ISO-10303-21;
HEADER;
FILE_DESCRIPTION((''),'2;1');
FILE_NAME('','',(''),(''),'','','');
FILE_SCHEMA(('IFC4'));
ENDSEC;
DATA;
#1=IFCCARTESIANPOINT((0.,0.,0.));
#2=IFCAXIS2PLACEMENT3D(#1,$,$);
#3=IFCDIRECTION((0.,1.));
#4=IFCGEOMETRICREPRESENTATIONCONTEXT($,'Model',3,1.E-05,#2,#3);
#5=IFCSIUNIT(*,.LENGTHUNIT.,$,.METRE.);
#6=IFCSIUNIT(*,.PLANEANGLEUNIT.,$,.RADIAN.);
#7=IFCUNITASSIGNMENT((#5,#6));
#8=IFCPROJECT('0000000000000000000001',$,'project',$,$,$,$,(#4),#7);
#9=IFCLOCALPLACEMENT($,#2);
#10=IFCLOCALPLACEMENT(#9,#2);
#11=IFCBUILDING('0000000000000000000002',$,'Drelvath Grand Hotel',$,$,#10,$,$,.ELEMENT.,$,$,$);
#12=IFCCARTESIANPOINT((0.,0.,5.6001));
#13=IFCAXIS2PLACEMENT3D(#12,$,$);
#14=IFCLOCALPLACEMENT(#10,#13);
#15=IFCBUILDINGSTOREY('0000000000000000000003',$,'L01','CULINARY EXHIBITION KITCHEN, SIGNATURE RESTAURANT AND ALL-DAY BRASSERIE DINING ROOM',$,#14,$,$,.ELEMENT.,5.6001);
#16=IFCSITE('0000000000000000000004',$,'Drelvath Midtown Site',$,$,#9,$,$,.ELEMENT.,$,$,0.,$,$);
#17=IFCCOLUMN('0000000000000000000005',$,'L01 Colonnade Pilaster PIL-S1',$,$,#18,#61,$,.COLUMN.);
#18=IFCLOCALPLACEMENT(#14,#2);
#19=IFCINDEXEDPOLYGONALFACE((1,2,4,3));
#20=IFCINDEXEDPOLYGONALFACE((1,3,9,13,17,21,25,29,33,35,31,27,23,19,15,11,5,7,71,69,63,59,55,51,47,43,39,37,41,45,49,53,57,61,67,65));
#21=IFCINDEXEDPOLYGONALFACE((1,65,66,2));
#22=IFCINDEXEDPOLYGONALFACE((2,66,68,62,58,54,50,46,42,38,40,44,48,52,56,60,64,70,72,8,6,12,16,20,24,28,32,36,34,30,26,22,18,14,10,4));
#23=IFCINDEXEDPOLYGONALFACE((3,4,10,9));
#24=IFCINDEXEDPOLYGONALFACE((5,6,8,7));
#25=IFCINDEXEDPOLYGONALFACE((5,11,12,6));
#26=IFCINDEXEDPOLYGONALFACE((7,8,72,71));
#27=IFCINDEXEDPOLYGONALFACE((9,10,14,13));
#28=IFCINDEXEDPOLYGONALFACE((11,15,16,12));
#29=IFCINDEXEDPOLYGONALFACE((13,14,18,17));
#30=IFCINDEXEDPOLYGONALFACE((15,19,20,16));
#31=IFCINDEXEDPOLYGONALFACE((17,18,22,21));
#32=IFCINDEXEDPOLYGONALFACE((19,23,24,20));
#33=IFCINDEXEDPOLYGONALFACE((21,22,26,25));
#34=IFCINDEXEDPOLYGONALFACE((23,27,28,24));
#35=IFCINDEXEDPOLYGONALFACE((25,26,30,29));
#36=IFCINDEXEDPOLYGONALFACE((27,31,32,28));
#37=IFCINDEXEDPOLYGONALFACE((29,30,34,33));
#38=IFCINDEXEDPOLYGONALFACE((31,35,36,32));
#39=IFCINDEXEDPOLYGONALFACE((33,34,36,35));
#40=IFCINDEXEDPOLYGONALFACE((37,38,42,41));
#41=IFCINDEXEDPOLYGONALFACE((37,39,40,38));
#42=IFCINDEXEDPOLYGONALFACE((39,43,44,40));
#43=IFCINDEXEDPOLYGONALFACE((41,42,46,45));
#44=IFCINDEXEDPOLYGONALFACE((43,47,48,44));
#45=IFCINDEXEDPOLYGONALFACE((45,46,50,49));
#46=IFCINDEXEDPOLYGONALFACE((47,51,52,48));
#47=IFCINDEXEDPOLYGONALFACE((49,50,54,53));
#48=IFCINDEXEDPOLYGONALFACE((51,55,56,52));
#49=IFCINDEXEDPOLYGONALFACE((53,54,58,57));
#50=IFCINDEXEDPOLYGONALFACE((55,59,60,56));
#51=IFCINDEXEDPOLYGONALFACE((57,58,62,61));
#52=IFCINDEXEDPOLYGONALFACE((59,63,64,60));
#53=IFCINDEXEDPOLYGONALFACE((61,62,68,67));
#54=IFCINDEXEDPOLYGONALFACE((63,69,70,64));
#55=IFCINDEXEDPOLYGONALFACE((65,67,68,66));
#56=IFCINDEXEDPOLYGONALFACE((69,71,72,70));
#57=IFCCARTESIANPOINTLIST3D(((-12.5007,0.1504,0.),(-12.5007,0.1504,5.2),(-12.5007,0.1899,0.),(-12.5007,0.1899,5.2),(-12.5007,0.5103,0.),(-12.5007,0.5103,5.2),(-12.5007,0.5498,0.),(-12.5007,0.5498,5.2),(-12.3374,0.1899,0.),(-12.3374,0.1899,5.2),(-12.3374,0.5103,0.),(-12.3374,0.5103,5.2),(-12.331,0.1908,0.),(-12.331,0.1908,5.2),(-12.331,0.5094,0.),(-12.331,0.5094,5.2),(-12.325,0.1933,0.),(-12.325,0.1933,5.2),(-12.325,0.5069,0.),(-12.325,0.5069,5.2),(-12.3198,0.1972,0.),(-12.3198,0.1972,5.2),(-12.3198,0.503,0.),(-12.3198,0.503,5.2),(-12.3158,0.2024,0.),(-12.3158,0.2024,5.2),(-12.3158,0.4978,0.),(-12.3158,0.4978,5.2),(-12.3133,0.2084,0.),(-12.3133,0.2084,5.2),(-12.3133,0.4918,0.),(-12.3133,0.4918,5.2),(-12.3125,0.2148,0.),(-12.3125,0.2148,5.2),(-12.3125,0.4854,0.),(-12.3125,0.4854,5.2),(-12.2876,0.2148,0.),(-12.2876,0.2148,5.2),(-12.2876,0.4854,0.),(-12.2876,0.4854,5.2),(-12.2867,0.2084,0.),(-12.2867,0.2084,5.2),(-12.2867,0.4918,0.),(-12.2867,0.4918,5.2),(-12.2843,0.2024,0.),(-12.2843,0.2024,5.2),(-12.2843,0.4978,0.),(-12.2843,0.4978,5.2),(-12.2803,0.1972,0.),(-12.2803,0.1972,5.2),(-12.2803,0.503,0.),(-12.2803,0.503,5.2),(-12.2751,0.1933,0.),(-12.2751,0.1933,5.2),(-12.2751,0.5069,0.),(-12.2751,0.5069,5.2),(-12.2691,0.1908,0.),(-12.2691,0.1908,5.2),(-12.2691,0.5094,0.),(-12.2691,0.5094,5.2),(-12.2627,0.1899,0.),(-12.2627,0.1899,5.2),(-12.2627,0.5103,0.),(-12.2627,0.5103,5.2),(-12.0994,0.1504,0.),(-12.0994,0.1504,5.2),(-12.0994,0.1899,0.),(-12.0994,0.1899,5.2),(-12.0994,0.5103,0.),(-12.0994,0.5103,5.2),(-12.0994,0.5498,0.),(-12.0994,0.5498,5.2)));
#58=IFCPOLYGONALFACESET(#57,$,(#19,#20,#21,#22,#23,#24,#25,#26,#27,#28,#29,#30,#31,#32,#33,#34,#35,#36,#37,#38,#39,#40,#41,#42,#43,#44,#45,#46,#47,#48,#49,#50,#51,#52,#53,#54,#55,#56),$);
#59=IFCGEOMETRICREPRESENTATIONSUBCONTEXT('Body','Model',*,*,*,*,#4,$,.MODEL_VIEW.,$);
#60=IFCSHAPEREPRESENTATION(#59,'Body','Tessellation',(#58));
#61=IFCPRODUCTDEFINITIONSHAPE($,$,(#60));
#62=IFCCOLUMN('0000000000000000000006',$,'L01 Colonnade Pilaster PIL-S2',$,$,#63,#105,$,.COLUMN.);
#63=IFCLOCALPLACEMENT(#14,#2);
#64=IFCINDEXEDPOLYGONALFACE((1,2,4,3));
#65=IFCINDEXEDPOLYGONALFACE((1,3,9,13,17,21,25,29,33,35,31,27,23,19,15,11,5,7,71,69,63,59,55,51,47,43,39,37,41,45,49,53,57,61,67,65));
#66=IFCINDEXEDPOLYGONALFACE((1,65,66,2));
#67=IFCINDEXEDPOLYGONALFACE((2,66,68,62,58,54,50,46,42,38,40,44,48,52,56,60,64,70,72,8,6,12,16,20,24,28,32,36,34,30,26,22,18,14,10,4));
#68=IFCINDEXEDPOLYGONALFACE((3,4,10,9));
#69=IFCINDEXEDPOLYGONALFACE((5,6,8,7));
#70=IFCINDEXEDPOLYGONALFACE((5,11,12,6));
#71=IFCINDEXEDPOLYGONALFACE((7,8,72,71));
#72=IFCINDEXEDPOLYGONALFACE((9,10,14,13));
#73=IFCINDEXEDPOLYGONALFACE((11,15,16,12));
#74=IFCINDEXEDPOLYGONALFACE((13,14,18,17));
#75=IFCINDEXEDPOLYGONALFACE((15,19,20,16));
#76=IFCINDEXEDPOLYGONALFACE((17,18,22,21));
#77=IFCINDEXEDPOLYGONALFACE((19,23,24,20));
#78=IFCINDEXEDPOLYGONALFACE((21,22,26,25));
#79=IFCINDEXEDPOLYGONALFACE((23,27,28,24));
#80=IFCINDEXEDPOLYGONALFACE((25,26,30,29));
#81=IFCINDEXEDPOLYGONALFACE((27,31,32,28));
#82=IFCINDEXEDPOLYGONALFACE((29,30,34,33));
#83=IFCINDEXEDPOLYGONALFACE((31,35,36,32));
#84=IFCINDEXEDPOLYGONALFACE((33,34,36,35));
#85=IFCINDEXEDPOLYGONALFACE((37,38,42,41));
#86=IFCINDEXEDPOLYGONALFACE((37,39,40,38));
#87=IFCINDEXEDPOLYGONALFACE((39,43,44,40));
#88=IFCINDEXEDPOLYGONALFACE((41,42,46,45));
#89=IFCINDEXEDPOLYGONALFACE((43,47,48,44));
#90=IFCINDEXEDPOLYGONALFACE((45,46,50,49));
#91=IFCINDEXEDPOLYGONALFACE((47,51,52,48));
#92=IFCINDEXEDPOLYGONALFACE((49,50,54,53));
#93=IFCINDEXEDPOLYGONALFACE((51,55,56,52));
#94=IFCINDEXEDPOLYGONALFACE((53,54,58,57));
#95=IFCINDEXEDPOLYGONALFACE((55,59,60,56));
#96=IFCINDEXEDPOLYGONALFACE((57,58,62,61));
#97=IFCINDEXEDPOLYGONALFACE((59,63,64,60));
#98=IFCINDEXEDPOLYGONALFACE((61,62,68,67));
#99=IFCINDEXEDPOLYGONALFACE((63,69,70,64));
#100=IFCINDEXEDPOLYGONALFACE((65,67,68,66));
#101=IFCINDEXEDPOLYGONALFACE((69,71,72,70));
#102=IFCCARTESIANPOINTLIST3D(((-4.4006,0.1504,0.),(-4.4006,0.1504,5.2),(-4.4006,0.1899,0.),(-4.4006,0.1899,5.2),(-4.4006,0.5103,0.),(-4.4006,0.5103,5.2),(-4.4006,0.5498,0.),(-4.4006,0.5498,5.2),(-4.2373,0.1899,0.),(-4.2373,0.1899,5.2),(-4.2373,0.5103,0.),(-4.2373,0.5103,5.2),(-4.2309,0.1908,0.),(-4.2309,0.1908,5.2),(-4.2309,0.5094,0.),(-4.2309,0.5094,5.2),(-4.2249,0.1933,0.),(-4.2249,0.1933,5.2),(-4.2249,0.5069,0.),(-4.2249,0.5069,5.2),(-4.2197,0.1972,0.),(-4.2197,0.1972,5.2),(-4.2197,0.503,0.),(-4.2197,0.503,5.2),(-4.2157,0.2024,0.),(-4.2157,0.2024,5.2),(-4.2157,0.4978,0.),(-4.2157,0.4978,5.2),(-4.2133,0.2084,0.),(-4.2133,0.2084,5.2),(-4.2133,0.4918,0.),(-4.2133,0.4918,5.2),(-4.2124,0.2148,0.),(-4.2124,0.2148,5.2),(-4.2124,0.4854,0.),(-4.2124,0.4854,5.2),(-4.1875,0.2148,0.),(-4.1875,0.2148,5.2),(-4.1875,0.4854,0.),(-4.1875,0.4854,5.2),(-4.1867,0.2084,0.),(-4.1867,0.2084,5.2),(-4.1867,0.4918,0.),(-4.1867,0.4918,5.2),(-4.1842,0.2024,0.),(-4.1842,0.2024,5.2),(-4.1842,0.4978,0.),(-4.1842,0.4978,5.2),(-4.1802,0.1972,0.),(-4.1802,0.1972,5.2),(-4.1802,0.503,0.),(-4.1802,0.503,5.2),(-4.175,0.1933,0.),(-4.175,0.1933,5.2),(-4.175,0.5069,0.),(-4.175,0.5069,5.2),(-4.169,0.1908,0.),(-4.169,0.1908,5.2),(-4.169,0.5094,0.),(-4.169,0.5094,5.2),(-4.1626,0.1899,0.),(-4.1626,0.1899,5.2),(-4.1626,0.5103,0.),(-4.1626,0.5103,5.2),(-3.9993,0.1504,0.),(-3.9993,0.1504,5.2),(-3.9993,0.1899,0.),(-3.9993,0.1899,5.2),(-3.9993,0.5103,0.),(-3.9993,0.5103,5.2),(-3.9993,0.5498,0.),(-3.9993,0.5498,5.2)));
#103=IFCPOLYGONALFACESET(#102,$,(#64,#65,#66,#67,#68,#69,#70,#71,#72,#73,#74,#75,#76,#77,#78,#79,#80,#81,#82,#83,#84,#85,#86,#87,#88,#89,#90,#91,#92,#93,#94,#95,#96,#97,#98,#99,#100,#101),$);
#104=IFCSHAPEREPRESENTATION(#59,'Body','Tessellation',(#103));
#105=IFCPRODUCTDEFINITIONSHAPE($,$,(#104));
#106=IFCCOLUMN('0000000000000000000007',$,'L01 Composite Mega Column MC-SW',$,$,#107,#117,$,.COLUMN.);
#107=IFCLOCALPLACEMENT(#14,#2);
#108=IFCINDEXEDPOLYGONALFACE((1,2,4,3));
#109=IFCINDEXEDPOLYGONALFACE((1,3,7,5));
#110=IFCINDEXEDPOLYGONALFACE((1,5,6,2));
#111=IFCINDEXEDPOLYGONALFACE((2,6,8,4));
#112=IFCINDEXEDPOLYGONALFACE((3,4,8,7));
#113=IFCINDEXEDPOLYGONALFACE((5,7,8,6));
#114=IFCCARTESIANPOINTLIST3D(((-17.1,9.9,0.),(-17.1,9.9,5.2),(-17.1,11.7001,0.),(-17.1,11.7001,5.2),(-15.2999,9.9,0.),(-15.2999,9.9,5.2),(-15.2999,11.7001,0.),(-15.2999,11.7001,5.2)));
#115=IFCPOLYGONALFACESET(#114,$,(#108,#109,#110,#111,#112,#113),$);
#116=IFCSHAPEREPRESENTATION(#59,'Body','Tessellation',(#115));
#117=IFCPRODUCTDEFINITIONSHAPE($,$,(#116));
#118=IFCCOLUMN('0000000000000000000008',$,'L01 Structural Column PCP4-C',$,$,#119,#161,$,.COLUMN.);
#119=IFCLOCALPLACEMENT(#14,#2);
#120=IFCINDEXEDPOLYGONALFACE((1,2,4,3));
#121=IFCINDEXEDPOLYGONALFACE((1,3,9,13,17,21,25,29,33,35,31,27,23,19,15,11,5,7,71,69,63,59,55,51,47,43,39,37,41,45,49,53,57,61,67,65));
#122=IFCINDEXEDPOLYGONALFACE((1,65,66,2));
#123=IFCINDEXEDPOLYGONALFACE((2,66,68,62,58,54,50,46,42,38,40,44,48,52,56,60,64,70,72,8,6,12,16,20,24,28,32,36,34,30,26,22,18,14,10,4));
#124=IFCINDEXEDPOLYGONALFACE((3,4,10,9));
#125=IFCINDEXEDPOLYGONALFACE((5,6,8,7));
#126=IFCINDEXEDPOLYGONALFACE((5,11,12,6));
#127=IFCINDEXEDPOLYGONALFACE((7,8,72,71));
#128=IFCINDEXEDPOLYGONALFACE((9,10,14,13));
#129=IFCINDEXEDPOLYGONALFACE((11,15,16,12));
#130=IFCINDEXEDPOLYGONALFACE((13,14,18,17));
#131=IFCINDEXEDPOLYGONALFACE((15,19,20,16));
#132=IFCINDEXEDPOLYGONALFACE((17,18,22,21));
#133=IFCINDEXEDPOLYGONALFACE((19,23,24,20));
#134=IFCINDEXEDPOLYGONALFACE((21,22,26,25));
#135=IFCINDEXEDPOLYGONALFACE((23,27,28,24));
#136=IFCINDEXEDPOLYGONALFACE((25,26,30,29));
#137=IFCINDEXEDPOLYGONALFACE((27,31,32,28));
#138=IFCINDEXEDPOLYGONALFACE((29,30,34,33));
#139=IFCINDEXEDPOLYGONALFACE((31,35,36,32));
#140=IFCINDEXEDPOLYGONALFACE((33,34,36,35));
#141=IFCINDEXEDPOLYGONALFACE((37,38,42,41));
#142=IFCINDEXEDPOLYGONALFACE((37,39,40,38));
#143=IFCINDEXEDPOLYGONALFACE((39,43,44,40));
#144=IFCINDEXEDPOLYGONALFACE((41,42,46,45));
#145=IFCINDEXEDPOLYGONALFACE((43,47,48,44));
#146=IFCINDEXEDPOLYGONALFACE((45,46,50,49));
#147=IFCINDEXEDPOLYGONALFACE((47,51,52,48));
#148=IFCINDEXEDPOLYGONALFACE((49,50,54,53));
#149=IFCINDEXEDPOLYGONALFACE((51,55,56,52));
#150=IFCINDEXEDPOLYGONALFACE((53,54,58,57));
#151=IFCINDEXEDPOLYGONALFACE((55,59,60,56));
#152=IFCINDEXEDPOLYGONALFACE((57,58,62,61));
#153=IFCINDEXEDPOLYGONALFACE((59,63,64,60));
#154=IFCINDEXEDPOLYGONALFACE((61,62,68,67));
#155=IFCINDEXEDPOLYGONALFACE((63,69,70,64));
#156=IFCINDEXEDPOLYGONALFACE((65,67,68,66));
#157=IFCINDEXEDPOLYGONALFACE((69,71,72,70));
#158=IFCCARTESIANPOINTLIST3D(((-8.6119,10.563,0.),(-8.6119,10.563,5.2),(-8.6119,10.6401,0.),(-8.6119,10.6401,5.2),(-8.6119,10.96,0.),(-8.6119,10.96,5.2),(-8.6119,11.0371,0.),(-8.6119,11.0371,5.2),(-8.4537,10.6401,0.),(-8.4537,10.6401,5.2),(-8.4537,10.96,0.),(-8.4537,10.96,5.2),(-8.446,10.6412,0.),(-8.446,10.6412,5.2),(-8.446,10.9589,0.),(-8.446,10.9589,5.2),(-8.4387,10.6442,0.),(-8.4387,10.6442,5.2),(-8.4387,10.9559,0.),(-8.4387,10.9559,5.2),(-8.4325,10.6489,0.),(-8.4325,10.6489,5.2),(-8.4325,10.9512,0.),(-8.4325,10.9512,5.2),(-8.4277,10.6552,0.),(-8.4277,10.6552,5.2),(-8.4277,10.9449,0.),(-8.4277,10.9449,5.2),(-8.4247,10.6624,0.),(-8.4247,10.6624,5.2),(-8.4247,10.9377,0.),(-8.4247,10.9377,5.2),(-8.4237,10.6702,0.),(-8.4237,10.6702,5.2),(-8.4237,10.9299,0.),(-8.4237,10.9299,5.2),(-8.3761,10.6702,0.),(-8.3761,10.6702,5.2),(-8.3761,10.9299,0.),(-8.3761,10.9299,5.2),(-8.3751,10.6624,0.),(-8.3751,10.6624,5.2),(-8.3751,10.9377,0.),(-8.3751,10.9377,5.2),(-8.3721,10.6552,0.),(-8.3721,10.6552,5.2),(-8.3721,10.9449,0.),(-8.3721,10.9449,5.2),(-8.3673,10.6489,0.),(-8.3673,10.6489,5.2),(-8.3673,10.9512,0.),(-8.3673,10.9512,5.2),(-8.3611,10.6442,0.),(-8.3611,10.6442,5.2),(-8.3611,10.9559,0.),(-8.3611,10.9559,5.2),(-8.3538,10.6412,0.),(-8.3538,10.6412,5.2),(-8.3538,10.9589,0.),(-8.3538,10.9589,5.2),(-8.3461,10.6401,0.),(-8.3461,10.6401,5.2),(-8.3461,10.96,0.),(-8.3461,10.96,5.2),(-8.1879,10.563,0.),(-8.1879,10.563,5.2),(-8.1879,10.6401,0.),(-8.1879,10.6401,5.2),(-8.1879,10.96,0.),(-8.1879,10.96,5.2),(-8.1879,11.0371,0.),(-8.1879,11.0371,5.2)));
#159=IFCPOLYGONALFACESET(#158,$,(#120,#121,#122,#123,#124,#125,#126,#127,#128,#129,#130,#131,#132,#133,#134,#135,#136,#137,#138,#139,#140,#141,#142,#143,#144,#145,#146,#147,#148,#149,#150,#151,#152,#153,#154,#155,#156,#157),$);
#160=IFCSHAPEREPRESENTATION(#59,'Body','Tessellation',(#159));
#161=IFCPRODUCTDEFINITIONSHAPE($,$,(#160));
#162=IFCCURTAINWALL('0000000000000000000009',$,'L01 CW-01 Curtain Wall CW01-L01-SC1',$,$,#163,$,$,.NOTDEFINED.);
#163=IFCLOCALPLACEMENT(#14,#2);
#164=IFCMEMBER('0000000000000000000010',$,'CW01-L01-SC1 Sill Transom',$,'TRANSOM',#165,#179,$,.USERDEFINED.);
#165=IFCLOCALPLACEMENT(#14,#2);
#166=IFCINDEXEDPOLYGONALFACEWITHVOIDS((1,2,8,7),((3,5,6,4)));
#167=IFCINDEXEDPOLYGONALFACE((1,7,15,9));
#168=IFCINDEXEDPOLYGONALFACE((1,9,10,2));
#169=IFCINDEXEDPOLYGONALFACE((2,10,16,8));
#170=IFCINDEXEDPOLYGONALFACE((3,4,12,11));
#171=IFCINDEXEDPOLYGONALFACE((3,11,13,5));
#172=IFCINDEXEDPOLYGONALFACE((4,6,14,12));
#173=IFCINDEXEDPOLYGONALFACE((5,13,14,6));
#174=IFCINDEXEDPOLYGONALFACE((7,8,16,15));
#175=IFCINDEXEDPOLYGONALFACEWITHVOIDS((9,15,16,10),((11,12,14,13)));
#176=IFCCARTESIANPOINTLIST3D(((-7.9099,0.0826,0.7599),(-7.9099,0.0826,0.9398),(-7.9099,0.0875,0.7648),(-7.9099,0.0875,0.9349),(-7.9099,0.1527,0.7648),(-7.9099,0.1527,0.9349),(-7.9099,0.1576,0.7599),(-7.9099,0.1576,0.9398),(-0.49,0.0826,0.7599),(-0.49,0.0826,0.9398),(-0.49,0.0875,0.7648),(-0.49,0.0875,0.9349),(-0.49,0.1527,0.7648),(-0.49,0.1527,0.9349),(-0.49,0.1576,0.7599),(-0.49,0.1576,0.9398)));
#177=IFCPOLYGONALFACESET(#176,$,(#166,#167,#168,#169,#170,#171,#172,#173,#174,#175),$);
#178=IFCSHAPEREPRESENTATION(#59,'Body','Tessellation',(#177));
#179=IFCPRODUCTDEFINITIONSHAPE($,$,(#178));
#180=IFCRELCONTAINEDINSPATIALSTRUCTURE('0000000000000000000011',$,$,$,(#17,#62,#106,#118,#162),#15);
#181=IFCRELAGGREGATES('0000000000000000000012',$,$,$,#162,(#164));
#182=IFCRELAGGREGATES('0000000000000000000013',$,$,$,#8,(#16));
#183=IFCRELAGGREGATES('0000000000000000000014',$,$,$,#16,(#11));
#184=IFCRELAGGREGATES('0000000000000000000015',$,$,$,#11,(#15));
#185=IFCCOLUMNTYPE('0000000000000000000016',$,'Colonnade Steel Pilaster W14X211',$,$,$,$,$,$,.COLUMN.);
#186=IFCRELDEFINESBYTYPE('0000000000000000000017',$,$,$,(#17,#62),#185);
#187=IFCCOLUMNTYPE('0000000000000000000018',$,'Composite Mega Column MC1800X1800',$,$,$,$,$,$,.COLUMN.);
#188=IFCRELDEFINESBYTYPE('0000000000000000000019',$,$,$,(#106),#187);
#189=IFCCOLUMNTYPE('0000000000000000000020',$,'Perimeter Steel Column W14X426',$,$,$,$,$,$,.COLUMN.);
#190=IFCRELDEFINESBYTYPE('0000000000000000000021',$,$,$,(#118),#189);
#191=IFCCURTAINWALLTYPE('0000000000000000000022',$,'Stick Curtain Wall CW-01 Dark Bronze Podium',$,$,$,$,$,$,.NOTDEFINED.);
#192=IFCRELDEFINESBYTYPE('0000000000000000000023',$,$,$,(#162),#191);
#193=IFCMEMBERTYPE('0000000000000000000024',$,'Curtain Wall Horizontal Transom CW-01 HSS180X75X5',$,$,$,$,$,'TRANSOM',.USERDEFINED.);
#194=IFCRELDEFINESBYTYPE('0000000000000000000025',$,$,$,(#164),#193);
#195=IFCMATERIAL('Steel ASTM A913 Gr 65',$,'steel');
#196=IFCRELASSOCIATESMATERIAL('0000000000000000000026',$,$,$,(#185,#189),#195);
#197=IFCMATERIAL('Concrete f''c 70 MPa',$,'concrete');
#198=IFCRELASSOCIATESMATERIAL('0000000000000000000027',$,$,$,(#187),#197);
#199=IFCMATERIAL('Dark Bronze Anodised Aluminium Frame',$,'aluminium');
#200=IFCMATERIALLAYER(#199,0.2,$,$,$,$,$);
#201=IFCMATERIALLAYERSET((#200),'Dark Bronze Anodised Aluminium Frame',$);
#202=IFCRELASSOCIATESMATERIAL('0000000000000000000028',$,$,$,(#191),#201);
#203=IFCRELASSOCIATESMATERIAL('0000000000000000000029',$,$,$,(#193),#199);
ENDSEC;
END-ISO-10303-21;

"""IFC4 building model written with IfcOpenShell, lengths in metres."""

from ifc_helpers import new_model, si_unit, direction, frame, origin, origin_2d, place, context, subcontext, project, spatial, rectangle, hollow_rectangle, i_section, extrude, material, layer, layer_set, material_profile, profile_set, type_object, element, aggregate, save


model = new_model("IFC4")

# Units and contexts
model_context = context("Model", 3, precision=1e-05, world=origin(), true_north=direction((0.0, 1.0)))
body_context = subcontext(model_context, "Body", "Model", "MODEL_VIEW")
ifc_project = project(units=[si_unit("LENGTHUNIT", "METRE"), si_unit("PLANEANGLEUNIT", "RADIAN")], contexts=[model_context])

# Site, building, storey
site_placement = place(None, origin())
site = spatial("IfcSite", under=ifc_project, at=site_placement, Name="Drelvath Midtown Site", CompositionType="ELEMENT", RefElevation=0.0)
building_placement = place(site_placement, origin())
building = spatial("IfcBuilding", under=site, at=building_placement, Name="Drelvath Grand Hotel", CompositionType="ELEMENT")
storey_placement = place(building_placement, frame((0.0, 0.0, 5.6001)))
storey = spatial("IfcBuildingStorey", under=building, at=storey_placement, Name="L01", Description="CULINARY EXHIBITION KITCHEN, SIGNATURE RESTAURANT AND ALL-DAY BRASSERIE DINING ROOM", CompositionType="ELEMENT", Elevation=5.6001)

# Columns
ifc_material_1 = material(Name="Steel ASTM A913 Gr 65", Category="steel")
ifc_material_profile_1 = material_profile(ifc_material_1, i_section(OverallWidth=0.4014, OverallDepth=0.3994, WebThickness=0.0249, FlangeThickness=0.0396, FilletRadius=0.0249, at=origin_2d()), Name="W14X211")
ifc_profile_set_1 = profile_set([ifc_material_profile_1], Name="Steel ASTM A913 Gr 65")
column_type_1 = type_object("IfcColumnType", Name="Colonnade Steel Pilaster W14X211", PredefinedType="COLUMN", material=ifc_profile_set_1)
for number, where, z_axis, x_axis, name in (
    (1, (-12.3, 0.3501, 0.0), (0.0, 0.0, 1.0), (1.0, 0.0, 0.0), "L01 Colonnade Pilaster PIL-S1"),
    (2, (-4.2, 0.3501, 0.0), (0.0, 0.0, 1.0), (1.0, 0.0, 0.0), "L01 Colonnade Pilaster PIL-S2"),
):
    element("IfcColumn", number, at=place(storey_placement, frame(where, z_axis=z_axis, x_axis=x_axis)), inside=storey, type_object=column_type_1, Name=name, PredefinedType="COLUMN", context=body_context, shape_type="SweptSolid", body=[
        extrude(i_section(OverallWidth=0.4014, OverallDepth=0.3994, WebThickness=0.0249, FlangeThickness=0.0396, FilletRadius=0.0249, at=origin_2d()), origin(), (0.0, 0.0, 1.0), 5.2),
    ])
ifc_material_2 = material(Name="Concrete f'c 70 MPa", Category="concrete")
ifc_material_profile_2 = material_profile(ifc_material_2, rectangle(XDim=1.8, YDim=1.8, at=origin_2d()), Name="MC1800X1800")
ifc_profile_set_2 = profile_set([ifc_material_profile_2], Name="Concrete f'c 70 MPa")
column_type_2 = type_object("IfcColumnType", Name="Composite Mega Column MC1800X1800", PredefinedType="COLUMN", material=ifc_profile_set_2)
column_1_placement = place(storey_placement, frame((-16.2, 10.8, 0.0), z_axis=(0.0, 0.0, 1.0), x_axis=(1.0, 0.0, 0.0)))
element("IfcColumn", 3, at=column_1_placement, inside=storey, type_object=column_type_2, Name="L01 Composite Mega Column MC-SW", PredefinedType="COLUMN", context=body_context, shape_type="SweptSolid", body=[
    extrude(rectangle(XDim=1.8, YDim=1.8, at=origin_2d()), origin(), (0.0, 0.0, 1.0), 5.2),
])
ifc_material_profile_3 = material_profile(ifc_material_1, i_section(OverallWidth=0.4241, OverallDepth=0.4741, WebThickness=0.0476, FlangeThickness=0.0771, FilletRadius=0.03, at=origin_2d()), Name="W14X426")
ifc_profile_set_3 = profile_set([ifc_material_profile_3], Name="Steel ASTM A913 Gr 65")
column_type_3 = type_object("IfcColumnType", Name="Perimeter Steel Column W14X426", PredefinedType="COLUMN", material=ifc_profile_set_3)
column_2_placement = place(storey_placement, frame((-8.3999, 10.8, 0.0), z_axis=(0.0, 0.0, 1.0), x_axis=(1.0, 0.0, 0.0)))
element("IfcColumn", 4, at=column_2_placement, inside=storey, type_object=column_type_3, Name="L01 Structural Column PCP4-C", PredefinedType="COLUMN", context=body_context, shape_type="SweptSolid", body=[
    extrude(i_section(OverallWidth=0.4241, OverallDepth=0.4741, WebThickness=0.0476, FlangeThickness=0.0771, FilletRadius=0.03, at=origin_2d()), origin(), (0.0, 0.0, 1.0), 5.2),
])

# Curtain wall, member
ifc_material_3 = material(Name="Dark Bronze Anodised Aluminium Frame", Category="aluminium")
ifc_layer_1 = layer(ifc_material_3, 0.2)
ifc_layer_set_1 = layer_set([ifc_layer_1], Name="Dark Bronze Anodised Aluminium Frame")
curtain_wall_type = type_object("IfcCurtainWallType", Name="Stick Curtain Wall CW-01 Dark Bronze Podium", PredefinedType="NOTDEFINED", material=ifc_layer_set_1)
curtain_wall_placement = place(storey_placement, origin())
curtain_wall = element("IfcCurtainWall", 5, at=curtain_wall_placement, inside=storey, type_object=curtain_wall_type, Name="L01 CW-01 Curtain Wall CW01-L01-SC1", PredefinedType="NOTDEFINED")
ifc_material_profile_4 = material_profile(ifc_material_3, hollow_rectangle(XDim=0.075, YDim=0.1799, WallThickness=0.0049, at=origin_2d()), Name="HSS180X75X5")
ifc_profile_set_4 = profile_set([ifc_material_profile_4], Name="Dark Bronze Anodised Aluminium Frame")
member_type_1 = type_object("IfcMemberType", Name="Curtain Wall Horizontal Transom CW-01 HSS180X75X5", ElementType="TRANSOM", PredefinedType="USERDEFINED", material=ifc_profile_set_4)
member_1_placement = place(storey_placement, frame((-0.49, 0.1201, 0.8499), z_axis=(-1.0, 0.0, 0.0), x_axis=(0.0, -1.0, 0.0)))
member_1 = element("IfcMember", 6, at=member_1_placement, type_object=member_type_1, Name="CW01-L01-SC1 Sill Transom", ObjectType="TRANSOM", PredefinedType="USERDEFINED", context=body_context, shape_type="SweptSolid", body=[
    extrude(hollow_rectangle(XDim=0.075, YDim=0.1799, WallThickness=0.0049, at=origin_2d()), origin(), (0.0, 0.0, 1.0), 7.4199),
])

aggregate(curtain_wall, [member_1])

save(model, "model.ifc")
